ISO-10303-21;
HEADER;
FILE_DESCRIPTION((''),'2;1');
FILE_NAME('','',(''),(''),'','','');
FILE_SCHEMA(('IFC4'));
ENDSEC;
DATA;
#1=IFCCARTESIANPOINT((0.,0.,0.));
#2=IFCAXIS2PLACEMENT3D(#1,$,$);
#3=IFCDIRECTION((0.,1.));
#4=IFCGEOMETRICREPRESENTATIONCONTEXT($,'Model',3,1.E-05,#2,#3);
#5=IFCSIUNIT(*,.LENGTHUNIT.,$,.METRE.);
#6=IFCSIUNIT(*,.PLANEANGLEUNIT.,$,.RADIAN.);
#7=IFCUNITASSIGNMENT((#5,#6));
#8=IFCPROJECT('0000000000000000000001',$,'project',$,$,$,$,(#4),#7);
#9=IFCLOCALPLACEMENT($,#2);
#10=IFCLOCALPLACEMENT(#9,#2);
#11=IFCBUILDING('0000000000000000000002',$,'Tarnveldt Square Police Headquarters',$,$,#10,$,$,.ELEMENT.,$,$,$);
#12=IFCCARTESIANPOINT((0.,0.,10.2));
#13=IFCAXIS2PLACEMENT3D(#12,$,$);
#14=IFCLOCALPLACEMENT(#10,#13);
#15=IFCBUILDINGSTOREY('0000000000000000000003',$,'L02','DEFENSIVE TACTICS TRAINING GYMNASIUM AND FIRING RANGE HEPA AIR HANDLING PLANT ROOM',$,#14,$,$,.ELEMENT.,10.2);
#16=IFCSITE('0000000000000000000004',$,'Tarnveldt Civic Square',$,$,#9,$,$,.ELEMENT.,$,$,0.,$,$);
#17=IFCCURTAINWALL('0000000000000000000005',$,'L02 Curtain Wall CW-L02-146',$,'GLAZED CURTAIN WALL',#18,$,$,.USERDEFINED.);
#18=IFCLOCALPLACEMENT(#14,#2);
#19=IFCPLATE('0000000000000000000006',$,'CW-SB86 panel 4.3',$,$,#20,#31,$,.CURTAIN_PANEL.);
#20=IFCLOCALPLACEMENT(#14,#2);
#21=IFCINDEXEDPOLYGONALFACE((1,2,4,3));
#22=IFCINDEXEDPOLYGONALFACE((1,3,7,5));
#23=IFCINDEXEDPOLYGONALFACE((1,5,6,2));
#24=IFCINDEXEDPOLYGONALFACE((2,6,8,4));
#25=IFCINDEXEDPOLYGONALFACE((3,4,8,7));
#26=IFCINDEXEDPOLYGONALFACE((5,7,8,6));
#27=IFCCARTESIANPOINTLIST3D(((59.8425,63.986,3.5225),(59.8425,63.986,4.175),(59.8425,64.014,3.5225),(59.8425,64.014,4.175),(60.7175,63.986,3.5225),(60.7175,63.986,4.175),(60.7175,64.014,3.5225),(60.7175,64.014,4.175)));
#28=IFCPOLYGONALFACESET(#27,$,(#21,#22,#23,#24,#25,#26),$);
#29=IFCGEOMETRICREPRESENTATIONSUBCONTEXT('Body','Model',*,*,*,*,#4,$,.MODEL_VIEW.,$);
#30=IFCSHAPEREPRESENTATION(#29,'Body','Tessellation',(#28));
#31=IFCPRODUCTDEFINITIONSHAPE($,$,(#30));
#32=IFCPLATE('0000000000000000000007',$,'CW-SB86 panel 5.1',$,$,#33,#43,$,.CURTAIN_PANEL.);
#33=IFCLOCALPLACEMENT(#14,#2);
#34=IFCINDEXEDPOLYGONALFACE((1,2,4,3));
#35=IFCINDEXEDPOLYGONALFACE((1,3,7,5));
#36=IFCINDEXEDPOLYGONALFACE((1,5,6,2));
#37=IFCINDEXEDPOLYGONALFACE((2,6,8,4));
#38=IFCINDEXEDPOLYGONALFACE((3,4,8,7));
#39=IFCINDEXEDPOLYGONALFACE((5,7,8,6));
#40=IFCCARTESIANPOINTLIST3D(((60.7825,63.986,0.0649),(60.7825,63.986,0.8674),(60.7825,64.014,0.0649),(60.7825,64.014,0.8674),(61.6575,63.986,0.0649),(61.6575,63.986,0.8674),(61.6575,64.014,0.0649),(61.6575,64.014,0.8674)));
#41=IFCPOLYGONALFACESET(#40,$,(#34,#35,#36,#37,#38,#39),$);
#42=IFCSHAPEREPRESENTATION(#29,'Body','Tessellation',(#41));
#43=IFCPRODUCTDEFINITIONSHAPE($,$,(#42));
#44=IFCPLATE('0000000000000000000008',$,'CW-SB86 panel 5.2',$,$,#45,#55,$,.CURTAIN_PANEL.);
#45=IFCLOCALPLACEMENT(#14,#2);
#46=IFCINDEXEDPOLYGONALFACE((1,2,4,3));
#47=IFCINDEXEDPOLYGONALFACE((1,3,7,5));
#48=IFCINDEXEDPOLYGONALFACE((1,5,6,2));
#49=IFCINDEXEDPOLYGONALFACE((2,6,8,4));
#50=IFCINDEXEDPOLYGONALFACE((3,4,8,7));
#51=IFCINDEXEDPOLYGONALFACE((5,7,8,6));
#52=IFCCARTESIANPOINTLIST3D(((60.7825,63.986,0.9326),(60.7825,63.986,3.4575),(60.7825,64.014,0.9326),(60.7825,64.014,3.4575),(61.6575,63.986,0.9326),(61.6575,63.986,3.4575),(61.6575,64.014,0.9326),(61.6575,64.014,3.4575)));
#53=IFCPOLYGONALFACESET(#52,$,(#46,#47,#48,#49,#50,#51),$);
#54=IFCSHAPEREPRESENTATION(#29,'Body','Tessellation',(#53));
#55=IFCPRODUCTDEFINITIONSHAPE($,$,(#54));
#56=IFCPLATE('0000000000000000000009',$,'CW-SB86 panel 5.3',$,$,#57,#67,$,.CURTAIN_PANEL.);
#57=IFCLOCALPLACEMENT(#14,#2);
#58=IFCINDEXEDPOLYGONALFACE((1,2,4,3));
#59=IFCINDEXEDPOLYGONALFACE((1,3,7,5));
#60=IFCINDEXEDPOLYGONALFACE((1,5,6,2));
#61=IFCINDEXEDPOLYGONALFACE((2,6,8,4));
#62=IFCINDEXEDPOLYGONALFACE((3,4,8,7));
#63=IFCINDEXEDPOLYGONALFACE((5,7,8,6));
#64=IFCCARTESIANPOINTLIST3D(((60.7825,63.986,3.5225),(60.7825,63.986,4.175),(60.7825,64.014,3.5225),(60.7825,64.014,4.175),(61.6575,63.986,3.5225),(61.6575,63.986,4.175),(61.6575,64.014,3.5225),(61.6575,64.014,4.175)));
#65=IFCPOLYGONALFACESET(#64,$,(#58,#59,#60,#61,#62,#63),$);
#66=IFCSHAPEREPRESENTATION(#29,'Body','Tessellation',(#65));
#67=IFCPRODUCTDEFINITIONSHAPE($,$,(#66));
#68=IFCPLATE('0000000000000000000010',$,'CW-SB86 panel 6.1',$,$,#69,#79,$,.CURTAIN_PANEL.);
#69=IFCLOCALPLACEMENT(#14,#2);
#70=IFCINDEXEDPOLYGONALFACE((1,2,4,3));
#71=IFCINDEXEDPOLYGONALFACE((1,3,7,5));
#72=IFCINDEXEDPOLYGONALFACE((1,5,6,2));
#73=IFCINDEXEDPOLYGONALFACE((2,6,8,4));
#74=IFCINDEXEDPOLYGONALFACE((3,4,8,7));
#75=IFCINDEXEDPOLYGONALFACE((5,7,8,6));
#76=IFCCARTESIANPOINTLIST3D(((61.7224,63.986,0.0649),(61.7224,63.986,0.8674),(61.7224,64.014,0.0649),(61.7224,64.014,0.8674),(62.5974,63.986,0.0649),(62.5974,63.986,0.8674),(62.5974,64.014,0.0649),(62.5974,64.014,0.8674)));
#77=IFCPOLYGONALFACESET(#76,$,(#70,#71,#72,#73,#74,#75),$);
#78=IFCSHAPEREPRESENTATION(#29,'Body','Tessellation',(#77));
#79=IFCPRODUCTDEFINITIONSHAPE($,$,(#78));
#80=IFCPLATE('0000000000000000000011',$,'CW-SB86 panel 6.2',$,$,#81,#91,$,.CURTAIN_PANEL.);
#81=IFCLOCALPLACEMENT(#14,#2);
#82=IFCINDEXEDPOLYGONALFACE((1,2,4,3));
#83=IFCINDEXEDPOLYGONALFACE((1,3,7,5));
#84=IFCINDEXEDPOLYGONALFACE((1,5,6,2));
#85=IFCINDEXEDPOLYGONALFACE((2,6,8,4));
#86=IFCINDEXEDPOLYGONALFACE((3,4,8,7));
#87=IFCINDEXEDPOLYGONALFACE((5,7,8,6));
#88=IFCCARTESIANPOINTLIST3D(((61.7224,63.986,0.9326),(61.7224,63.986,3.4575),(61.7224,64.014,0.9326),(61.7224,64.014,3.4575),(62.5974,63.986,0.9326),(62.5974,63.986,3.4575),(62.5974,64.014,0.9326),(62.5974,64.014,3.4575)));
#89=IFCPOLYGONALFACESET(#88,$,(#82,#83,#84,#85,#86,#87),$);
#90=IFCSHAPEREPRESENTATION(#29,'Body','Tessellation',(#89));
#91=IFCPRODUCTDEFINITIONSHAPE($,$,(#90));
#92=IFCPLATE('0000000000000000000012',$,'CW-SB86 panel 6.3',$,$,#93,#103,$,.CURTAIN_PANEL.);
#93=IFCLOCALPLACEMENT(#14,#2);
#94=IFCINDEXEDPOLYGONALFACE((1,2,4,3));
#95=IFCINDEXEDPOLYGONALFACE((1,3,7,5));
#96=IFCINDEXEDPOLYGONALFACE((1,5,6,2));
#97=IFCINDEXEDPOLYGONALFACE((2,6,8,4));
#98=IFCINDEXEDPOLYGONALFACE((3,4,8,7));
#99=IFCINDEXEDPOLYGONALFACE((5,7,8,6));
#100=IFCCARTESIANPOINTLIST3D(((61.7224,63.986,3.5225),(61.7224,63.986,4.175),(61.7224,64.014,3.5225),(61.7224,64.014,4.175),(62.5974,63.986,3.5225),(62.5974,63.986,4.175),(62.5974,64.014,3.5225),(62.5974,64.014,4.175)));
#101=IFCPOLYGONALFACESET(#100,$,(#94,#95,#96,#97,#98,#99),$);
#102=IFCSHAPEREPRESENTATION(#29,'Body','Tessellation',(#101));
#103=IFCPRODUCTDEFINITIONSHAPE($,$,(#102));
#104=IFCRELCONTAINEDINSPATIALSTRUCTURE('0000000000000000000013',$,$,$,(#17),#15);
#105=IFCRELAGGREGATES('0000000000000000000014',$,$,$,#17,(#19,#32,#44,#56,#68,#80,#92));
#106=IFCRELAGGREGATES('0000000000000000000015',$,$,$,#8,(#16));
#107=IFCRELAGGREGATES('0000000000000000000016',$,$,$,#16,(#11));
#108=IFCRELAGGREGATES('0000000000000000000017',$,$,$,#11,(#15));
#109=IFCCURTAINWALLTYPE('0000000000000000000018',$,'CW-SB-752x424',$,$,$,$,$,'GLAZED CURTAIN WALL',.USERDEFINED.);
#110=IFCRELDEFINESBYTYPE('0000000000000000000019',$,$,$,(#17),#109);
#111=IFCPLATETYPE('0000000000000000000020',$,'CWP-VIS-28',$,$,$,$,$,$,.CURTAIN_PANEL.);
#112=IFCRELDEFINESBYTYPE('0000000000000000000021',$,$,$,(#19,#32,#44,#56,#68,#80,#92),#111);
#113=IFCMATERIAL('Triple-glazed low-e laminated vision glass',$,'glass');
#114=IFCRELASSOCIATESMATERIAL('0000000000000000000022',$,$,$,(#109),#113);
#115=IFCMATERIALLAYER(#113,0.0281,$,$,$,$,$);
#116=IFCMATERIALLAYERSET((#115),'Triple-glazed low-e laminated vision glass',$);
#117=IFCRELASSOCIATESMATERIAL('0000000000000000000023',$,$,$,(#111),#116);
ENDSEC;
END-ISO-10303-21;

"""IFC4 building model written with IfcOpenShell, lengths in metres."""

from ifc_helpers import new_model, si_unit, direction, frame, origin, origin_2d, place, context, subcontext, project, spatial, rectangle, extrude, material, layer, layer_set, type_object, element, aggregate, save


model = new_model("IFC4")

# Units and contexts
model_context = context("Model", 3, precision=1e-05, world=origin(), true_north=direction((0.0, 1.0)))
body_context = subcontext(model_context, "Body", "Model", "MODEL_VIEW")
ifc_project = project(units=[si_unit("LENGTHUNIT", "METRE"), si_unit("PLANEANGLEUNIT", "RADIAN")], contexts=[model_context])

# Site, building, storey
site_placement = place(None, origin())
site = spatial("IfcSite", under=ifc_project, at=site_placement, Name="Tarnveldt Civic Square", CompositionType="ELEMENT", RefElevation=0.0)
building_placement = place(site_placement, origin())
building = spatial("IfcBuilding", under=site, at=building_placement, Name="Tarnveldt Square Police Headquarters", CompositionType="ELEMENT")
storey_placement = place(building_placement, frame((0.0, 0.0, 10.2)))
storey = spatial("IfcBuildingStorey", under=building, at=storey_placement, Name="L02", Description="DEFENSIVE TACTICS TRAINING GYMNASIUM AND FIRING RANGE HEPA AIR HANDLING PLANT ROOM", CompositionType="ELEMENT", Elevation=10.2)

# Curtain wall, plates
ifc_material_1 = material(Name="Triple-glazed low-e laminated vision glass", Category="glass")
curtain_wall_type = type_object("IfcCurtainWallType", Name="CW-SB-752x424", ElementType="GLAZED CURTAIN WALL", PredefinedType="USERDEFINED", material=ifc_material_1)
curtain_wall_placement = place(storey_placement, origin())
curtain_wall = element("IfcCurtainWall", 1, at=curtain_wall_placement, inside=storey, type_object=curtain_wall_type, Name="L02 Curtain Wall CW-L02-146", ObjectType="GLAZED CURTAIN WALL", PredefinedType="USERDEFINED")
ifc_layer = layer(ifc_material_1, 0.0281)
ifc_layer_set = layer_set([ifc_layer], Name="Triple-glazed low-e laminated vision glass")
plate_type = type_object("IfcPlateType", Name="CWP-VIS-28", PredefinedType="CURTAIN_PANEL", material=ifc_layer_set)
plate_1_placement = place(storey_placement, frame((60.28, 64.0, 3.5225), z_axis=(0.0, 0.0, 1.0), x_axis=(1.0, 0.0, 0.0)))
plate_1 = element("IfcPlate", 2, at=plate_1_placement, type_object=plate_type, Name="CW-SB86 panel 4.3", PredefinedType="CURTAIN_PANEL", context=body_context, shape_type="SweptSolid", body=[
    extrude(rectangle(XDim=0.875, YDim=0.0281, at=origin_2d()), origin(), (0.0, 0.0, 1.0), 0.6526),
])
plate_2_placement = place(storey_placement, frame((61.22, 64.0, 0.0649), z_axis=(0.0, 0.0, 1.0), x_axis=(1.0, 0.0, 0.0)))
plate_2 = element("IfcPlate", 3, at=plate_2_placement, type_object=plate_type, Name="CW-SB86 panel 5.1", PredefinedType="CURTAIN_PANEL", context=body_context, shape_type="SweptSolid", body=[
    extrude(rectangle(XDim=0.875, YDim=0.0281, at=origin_2d()), origin(), (0.0, 0.0, 1.0), 0.8025),
])
plate_3_placement = place(storey_placement, frame((61.22, 64.0, 0.9326), z_axis=(0.0, 0.0, 1.0), x_axis=(1.0, 0.0, 0.0)))
plate_3 = element("IfcPlate", 4, at=plate_3_placement, type_object=plate_type, Name="CW-SB86 panel 5.2", PredefinedType="CURTAIN_PANEL", context=body_context, shape_type="SweptSolid", body=[
    extrude(rectangle(XDim=0.875, YDim=0.0281, at=origin_2d()), origin(), (0.0, 0.0, 1.0), 2.5249),
])
plate_4_placement = place(storey_placement, frame((61.22, 64.0, 3.5225), z_axis=(0.0, 0.0, 1.0), x_axis=(1.0, 0.0, 0.0)))
plate_4 = element("IfcPlate", 5, at=plate_4_placement, type_object=plate_type, Name="CW-SB86 panel 5.3", PredefinedType="CURTAIN_PANEL", context=body_context, shape_type="SweptSolid", body=[
    extrude(rectangle(XDim=0.875, YDim=0.0281, at=origin_2d()), origin(), (0.0, 0.0, 1.0), 0.6526),
])
plate_5_placement = place(storey_placement, frame((62.1599, 64.0, 0.0649), z_axis=(0.0, 0.0, 1.0), x_axis=(1.0, 0.0, 0.0)))
plate_5 = element("IfcPlate", 6, at=plate_5_placement, type_object=plate_type, Name="CW-SB86 panel 6.1", PredefinedType="CURTAIN_PANEL", context=body_context, shape_type="SweptSolid", body=[
    extrude(rectangle(XDim=0.875, YDim=0.0281, at=origin_2d()), origin(), (0.0, 0.0, 1.0), 0.8025),
])
plate_6_placement = place(storey_placement, frame((62.1599, 64.0, 0.9326), z_axis=(0.0, 0.0, 1.0), x_axis=(1.0, 0.0, 0.0)))
plate_6 = element("IfcPlate", 7, at=plate_6_placement, type_object=plate_type, Name="CW-SB86 panel 6.2", PredefinedType="CURTAIN_PANEL", context=body_context, shape_type="SweptSolid", body=[
    extrude(rectangle(XDim=0.875, YDim=0.0281, at=origin_2d()), origin(), (0.0, 0.0, 1.0), 2.5249),
])
plate_7_placement = place(storey_placement, frame((62.1599, 64.0, 3.5225), z_axis=(0.0, 0.0, 1.0), x_axis=(1.0, 0.0, 0.0)))
plate_7 = element("IfcPlate", 8, at=plate_7_placement, type_object=plate_type, Name="CW-SB86 panel 6.3", PredefinedType="CURTAIN_PANEL", context=body_context, shape_type="SweptSolid", body=[
    extrude(rectangle(XDim=0.875, YDim=0.0281, at=origin_2d()), origin(), (0.0, 0.0, 1.0), 0.6526),
])
aggregate(curtain_wall, [plate_1, plate_2, plate_3, plate_4, plate_5, plate_6, plate_7])

save(model, "model.ifc")
